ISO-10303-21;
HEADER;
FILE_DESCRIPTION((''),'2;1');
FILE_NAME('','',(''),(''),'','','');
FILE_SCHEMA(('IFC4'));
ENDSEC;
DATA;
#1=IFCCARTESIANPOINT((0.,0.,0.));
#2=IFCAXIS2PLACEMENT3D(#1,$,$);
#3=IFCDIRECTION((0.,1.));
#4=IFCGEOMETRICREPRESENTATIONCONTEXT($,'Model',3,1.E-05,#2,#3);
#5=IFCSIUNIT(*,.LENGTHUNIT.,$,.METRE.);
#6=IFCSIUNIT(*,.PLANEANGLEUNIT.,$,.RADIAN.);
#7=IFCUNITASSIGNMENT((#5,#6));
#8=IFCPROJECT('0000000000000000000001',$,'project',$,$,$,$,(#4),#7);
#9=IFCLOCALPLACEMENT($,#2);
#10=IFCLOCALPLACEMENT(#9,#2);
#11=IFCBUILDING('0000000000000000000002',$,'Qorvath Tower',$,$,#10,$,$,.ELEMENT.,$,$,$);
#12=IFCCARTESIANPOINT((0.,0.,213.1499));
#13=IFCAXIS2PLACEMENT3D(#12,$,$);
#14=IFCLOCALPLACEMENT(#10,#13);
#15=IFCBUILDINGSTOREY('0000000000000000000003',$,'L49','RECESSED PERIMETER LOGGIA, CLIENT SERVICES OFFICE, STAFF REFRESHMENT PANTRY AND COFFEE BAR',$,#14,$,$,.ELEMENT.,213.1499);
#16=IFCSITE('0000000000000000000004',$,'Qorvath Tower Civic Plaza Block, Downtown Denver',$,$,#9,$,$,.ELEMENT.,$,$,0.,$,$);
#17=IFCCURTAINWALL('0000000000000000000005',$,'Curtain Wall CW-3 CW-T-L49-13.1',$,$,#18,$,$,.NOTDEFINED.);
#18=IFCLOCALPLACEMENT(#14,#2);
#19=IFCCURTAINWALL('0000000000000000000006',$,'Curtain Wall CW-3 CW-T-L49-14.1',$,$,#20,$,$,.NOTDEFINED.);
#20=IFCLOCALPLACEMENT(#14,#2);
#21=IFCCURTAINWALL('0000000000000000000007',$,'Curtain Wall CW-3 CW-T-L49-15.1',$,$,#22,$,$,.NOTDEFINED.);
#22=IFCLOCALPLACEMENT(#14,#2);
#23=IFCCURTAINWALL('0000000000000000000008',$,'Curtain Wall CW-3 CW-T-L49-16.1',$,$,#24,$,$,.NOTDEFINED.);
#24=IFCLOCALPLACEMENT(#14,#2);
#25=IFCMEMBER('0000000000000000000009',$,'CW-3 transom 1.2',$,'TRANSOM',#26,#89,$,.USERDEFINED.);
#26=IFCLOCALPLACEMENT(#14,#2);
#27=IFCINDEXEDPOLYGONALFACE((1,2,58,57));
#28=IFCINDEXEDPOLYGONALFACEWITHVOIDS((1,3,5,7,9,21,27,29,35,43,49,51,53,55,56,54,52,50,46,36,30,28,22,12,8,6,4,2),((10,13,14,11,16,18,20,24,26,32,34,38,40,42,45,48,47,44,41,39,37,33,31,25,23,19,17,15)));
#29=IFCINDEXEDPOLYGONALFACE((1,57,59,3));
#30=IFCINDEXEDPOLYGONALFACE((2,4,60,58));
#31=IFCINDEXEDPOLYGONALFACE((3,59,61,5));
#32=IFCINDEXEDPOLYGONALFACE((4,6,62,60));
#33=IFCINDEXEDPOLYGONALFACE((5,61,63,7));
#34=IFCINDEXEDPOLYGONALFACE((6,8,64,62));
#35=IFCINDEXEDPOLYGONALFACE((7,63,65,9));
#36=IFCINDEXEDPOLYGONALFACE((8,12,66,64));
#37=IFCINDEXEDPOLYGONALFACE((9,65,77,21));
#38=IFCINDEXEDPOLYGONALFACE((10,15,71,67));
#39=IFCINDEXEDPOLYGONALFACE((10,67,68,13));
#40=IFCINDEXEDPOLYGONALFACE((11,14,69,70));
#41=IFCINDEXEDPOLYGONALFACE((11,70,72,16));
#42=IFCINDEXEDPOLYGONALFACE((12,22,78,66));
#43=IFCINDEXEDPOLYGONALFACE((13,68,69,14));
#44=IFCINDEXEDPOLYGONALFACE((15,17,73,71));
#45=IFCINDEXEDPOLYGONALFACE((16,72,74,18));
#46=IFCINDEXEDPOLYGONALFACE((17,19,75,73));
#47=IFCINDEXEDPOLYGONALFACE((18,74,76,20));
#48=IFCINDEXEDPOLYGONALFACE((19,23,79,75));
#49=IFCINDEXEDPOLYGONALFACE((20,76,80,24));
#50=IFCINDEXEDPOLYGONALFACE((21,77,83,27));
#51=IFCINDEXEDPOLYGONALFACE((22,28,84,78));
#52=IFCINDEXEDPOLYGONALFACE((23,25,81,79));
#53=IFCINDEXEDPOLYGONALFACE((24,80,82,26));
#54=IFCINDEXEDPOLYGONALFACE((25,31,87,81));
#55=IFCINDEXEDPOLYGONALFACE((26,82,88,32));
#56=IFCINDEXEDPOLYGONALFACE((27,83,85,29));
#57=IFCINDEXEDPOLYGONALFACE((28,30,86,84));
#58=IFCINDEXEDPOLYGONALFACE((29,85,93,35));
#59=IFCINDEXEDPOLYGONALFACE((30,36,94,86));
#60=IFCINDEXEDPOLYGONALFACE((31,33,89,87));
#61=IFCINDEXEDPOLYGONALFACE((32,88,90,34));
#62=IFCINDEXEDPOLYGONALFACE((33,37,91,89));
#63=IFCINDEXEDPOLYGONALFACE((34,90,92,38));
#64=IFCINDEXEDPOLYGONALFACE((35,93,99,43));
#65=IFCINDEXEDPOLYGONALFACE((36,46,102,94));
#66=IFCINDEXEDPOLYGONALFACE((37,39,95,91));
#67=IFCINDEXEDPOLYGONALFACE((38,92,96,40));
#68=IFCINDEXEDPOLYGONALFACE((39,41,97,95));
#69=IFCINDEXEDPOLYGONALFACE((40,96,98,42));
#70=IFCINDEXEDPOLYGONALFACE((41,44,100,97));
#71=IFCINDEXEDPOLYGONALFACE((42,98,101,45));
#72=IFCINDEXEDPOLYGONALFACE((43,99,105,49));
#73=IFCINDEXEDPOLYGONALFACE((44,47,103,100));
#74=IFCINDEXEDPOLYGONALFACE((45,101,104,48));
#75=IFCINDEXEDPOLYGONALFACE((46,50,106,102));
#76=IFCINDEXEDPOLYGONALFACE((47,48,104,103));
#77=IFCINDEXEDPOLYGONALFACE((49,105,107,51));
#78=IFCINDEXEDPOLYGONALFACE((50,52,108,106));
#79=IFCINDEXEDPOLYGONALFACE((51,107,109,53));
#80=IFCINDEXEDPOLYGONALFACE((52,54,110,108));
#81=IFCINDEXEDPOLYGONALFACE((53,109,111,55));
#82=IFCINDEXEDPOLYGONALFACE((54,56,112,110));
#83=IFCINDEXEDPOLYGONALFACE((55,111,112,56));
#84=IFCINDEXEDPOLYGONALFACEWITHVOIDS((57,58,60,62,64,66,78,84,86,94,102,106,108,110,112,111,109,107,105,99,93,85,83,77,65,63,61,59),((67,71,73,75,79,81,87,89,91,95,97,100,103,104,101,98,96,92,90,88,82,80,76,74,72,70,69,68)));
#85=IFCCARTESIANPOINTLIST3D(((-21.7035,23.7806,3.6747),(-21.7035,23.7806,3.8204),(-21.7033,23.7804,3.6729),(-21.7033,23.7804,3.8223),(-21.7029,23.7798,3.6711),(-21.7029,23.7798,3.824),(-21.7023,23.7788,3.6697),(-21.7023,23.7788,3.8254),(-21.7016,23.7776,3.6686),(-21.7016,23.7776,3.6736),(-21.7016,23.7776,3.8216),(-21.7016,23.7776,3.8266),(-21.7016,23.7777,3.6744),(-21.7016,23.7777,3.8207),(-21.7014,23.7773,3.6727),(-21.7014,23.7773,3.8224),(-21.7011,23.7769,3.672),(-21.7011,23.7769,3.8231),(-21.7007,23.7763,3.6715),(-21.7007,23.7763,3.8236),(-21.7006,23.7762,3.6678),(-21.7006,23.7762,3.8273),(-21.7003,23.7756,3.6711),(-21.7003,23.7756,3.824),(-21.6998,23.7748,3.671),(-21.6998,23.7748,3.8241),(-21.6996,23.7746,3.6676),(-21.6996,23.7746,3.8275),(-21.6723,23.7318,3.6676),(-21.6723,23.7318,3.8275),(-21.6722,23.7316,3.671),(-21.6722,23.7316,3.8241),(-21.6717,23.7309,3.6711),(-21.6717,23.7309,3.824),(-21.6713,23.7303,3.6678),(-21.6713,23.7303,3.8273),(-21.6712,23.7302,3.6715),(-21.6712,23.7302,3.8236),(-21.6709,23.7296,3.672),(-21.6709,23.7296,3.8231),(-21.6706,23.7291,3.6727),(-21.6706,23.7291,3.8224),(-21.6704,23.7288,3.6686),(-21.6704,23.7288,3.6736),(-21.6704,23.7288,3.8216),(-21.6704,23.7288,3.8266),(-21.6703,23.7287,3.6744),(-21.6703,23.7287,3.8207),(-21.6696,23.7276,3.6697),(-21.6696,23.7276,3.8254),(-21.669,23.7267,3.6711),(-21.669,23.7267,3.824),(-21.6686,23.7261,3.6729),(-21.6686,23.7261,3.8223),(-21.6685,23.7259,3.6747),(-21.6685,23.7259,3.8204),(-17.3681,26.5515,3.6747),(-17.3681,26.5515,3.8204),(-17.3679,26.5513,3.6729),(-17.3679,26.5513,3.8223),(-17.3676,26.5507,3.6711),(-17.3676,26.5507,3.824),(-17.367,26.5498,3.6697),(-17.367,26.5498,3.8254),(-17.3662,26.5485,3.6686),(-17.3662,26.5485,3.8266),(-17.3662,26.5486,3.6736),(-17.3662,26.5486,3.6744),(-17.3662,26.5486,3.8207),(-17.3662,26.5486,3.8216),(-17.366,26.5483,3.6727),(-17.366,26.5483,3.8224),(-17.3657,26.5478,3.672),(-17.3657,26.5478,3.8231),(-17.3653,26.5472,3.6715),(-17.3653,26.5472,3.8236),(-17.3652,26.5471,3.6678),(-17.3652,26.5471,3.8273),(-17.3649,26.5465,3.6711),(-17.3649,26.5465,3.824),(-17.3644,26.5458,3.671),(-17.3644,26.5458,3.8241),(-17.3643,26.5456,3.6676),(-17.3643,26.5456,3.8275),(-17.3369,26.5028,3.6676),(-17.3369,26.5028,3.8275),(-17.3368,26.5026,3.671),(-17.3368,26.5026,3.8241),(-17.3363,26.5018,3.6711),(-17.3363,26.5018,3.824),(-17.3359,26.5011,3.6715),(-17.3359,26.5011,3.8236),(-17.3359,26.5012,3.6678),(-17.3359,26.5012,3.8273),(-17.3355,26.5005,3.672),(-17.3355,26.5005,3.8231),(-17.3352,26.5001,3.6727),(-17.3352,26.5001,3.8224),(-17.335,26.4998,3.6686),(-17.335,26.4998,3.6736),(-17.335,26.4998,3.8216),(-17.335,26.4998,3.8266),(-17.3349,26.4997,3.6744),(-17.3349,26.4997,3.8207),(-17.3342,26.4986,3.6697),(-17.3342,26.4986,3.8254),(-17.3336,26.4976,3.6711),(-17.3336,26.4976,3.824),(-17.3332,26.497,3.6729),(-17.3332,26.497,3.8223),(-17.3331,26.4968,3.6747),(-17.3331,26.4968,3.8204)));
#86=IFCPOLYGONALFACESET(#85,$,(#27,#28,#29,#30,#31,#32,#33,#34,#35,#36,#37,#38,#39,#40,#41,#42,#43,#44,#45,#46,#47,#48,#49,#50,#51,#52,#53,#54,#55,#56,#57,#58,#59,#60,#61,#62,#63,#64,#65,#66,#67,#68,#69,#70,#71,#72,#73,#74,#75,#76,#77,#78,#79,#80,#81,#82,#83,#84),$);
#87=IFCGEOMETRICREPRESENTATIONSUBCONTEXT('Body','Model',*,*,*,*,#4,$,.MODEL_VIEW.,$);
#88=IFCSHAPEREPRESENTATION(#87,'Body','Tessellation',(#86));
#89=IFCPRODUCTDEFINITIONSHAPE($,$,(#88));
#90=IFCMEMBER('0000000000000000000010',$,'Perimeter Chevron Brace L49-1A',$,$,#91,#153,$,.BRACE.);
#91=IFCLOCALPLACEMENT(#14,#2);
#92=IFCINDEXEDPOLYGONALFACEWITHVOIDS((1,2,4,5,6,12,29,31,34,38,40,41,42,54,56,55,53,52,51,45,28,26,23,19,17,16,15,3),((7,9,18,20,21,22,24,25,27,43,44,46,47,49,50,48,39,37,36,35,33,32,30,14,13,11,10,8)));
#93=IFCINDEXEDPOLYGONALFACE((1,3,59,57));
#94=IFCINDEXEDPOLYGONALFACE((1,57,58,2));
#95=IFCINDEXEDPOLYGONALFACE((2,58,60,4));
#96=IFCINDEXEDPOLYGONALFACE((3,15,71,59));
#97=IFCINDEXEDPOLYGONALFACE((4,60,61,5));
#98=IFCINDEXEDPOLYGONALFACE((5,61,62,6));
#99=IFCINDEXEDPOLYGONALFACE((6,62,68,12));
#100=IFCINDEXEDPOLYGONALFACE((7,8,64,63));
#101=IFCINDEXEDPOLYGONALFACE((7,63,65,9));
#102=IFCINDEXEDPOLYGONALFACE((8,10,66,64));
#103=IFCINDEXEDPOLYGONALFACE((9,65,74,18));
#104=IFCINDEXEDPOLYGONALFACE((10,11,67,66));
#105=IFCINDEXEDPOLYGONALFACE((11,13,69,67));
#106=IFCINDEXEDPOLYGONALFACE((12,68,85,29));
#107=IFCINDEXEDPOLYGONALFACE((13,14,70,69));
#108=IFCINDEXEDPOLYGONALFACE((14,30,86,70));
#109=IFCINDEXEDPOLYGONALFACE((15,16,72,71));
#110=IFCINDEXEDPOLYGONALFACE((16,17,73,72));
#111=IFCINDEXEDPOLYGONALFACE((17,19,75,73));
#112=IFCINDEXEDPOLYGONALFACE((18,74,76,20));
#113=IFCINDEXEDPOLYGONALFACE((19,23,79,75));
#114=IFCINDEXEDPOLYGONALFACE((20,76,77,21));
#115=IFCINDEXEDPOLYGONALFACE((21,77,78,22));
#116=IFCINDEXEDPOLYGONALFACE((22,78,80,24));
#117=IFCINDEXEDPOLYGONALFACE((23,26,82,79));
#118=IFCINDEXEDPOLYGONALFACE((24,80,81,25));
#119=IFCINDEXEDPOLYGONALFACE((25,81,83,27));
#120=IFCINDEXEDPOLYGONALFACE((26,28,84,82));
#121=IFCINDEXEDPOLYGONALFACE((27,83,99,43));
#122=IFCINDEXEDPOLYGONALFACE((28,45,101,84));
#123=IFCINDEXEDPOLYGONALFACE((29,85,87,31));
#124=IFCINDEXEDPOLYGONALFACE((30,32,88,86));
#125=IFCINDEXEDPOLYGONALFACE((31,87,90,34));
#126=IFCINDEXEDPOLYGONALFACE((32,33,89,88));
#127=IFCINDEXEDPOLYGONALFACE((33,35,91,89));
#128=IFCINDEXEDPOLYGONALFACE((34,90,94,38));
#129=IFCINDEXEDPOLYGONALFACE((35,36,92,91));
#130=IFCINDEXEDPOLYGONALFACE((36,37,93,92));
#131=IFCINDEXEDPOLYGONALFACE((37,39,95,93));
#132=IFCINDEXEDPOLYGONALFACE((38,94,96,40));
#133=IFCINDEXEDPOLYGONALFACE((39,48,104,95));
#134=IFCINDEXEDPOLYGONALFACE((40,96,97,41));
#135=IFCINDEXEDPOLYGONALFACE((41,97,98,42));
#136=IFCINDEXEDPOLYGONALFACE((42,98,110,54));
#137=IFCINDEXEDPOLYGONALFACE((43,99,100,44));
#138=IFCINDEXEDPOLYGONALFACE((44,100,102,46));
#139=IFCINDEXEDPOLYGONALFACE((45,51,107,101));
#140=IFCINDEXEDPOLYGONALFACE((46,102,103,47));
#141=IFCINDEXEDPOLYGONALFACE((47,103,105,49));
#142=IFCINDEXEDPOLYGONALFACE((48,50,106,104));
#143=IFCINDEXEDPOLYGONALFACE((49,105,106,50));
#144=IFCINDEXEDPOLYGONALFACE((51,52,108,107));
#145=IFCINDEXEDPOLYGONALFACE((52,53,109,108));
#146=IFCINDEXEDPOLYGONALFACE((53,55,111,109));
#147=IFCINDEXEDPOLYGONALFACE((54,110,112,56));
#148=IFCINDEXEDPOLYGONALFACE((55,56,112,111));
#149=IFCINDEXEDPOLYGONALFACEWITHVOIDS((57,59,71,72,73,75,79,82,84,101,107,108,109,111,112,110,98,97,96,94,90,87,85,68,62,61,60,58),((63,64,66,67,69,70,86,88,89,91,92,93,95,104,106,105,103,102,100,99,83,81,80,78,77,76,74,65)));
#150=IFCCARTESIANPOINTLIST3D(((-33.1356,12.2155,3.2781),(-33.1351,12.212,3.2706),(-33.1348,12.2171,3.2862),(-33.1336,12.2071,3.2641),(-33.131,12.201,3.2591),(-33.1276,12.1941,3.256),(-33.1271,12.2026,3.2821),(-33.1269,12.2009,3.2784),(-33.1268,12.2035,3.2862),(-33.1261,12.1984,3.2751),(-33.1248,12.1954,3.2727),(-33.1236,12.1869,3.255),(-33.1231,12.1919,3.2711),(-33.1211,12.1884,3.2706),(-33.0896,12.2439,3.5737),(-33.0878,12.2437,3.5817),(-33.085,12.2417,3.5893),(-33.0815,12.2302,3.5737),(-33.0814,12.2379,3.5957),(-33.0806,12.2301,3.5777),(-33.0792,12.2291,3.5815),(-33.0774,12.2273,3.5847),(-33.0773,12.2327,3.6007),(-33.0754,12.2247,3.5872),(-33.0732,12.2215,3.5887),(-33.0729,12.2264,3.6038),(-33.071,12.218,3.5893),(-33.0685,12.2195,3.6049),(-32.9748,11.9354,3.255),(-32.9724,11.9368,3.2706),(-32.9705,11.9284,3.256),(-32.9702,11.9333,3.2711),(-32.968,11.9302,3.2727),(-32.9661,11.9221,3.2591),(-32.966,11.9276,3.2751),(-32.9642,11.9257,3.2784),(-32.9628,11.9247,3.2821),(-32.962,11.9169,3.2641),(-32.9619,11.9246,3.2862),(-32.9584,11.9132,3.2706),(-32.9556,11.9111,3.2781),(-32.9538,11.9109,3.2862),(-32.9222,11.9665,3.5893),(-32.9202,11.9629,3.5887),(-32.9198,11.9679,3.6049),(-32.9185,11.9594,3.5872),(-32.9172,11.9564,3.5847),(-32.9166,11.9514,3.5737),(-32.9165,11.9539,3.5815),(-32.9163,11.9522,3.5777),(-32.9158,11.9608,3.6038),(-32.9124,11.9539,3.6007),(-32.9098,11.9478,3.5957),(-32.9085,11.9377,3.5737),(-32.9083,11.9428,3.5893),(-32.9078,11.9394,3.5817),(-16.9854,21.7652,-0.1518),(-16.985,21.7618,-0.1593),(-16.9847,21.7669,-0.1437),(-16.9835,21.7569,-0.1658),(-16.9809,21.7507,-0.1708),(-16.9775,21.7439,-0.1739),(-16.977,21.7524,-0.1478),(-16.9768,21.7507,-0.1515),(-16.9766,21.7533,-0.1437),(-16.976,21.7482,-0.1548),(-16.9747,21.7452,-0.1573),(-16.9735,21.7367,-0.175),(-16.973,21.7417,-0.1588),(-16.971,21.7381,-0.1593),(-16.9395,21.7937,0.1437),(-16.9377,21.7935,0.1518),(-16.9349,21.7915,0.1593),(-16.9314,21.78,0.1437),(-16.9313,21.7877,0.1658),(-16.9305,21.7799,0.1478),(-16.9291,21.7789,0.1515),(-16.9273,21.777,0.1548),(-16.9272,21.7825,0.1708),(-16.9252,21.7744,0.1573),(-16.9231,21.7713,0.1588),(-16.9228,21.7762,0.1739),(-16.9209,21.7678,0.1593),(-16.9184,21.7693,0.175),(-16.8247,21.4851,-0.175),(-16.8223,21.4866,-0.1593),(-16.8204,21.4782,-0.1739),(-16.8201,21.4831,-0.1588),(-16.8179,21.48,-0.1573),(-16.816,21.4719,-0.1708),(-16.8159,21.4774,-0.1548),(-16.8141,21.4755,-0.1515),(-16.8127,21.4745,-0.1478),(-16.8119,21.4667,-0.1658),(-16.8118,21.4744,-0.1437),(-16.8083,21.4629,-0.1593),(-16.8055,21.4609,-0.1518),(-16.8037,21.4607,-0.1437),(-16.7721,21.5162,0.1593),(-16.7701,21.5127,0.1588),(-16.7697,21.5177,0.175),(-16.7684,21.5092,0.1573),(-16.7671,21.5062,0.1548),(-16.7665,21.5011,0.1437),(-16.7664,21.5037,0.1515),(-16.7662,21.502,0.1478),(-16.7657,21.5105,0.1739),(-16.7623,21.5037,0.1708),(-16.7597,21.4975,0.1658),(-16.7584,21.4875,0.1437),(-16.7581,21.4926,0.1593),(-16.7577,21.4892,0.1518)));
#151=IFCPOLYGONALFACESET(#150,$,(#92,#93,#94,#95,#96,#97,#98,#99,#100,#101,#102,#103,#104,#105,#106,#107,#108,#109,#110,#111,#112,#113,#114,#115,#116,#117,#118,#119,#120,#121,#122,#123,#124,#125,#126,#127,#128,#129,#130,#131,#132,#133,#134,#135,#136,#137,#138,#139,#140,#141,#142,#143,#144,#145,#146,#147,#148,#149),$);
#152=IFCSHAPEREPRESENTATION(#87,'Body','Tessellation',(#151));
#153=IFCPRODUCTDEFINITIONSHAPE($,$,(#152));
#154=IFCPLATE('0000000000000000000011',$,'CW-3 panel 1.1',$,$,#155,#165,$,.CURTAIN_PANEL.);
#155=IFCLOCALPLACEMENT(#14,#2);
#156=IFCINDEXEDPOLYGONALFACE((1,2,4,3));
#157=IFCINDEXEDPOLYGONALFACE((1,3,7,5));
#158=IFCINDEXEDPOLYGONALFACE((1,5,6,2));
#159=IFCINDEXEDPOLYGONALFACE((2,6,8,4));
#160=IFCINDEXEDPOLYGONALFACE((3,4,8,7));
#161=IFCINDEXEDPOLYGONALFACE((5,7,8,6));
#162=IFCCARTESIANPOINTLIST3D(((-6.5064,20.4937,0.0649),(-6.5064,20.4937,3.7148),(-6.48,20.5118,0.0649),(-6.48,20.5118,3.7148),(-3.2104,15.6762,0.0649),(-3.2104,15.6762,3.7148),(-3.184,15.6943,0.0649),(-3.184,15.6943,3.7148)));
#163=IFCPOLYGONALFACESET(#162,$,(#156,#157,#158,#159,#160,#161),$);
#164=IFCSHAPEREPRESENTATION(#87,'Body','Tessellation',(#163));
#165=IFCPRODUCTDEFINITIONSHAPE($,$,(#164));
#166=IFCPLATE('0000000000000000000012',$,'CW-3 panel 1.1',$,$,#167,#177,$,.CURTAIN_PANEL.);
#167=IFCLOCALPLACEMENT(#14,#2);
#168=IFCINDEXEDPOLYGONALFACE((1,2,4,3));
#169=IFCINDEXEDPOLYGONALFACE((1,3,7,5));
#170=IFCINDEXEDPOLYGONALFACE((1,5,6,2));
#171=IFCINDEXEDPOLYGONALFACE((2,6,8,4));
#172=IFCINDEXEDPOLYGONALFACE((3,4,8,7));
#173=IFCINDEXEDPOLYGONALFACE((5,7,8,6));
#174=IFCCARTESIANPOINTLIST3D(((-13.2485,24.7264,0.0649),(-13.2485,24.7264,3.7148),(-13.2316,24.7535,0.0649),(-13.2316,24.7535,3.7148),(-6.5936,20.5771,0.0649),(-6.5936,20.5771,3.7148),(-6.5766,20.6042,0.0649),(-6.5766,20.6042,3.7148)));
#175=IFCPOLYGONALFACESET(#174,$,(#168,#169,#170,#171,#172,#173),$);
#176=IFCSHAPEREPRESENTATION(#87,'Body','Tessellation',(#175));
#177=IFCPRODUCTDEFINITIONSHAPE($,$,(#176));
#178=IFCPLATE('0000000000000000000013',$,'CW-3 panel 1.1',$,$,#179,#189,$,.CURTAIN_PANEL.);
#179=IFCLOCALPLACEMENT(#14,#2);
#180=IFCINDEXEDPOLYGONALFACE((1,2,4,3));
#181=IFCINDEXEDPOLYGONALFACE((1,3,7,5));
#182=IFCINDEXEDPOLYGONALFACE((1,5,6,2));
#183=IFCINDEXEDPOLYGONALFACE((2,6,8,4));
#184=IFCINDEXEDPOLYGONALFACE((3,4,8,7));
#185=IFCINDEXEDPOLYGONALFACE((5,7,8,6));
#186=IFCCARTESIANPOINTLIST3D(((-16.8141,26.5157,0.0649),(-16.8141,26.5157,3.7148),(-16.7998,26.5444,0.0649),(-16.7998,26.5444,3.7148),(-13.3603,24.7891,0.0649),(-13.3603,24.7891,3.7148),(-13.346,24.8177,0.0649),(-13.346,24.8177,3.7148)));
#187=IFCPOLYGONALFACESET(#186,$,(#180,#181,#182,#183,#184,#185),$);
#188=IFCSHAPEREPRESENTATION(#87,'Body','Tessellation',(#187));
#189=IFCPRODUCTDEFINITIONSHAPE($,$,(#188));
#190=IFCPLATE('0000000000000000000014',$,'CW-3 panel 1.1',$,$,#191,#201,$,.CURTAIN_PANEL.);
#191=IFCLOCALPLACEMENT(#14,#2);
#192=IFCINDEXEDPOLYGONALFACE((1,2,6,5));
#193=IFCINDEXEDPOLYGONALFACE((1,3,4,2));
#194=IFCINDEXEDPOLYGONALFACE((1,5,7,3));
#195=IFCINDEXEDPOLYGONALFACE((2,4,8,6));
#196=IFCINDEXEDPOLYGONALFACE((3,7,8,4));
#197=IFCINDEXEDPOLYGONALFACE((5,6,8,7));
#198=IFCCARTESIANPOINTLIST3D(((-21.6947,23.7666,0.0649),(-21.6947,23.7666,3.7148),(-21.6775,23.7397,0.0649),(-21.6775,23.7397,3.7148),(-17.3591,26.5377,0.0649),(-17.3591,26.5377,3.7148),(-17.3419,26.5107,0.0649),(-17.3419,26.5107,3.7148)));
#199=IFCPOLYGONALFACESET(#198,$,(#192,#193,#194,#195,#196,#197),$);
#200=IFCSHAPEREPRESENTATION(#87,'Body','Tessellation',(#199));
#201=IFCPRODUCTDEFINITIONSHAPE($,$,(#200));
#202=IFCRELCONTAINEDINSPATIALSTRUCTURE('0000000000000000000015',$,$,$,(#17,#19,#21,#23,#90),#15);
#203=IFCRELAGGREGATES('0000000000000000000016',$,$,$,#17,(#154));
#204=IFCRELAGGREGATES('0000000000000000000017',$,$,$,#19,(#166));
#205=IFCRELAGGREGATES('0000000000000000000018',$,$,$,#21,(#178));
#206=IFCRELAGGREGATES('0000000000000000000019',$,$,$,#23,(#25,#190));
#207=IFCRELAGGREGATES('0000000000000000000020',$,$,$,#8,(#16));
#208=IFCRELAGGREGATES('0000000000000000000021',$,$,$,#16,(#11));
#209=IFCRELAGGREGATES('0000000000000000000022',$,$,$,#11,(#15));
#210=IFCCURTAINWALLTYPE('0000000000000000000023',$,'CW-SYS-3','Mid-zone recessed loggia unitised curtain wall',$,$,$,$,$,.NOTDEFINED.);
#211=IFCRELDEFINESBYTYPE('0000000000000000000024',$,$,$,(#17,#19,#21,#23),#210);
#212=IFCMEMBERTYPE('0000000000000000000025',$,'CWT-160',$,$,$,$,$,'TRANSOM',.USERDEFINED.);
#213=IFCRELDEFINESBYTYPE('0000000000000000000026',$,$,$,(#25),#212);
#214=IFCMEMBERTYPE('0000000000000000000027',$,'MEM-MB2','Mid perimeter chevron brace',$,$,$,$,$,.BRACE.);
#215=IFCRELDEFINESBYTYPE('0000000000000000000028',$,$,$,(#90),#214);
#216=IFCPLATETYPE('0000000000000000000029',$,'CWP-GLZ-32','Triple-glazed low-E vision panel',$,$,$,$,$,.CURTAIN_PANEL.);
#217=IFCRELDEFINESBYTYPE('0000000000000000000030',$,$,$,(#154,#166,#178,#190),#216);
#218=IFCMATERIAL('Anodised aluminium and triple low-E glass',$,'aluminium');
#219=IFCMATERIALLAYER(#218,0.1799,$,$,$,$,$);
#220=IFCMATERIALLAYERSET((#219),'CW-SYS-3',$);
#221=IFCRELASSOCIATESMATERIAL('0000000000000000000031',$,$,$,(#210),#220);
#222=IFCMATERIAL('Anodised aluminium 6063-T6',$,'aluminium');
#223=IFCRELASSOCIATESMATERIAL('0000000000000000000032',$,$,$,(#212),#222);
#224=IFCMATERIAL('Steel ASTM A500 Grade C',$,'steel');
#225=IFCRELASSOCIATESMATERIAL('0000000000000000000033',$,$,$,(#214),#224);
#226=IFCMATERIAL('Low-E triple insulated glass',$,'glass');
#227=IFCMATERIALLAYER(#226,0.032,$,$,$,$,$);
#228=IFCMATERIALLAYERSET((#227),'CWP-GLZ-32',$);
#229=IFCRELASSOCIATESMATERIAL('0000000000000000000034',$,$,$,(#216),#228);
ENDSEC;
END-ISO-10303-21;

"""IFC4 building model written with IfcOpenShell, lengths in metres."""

from ifc_helpers import new_model, si_unit, direction, frame, origin, origin_2d, place, context, subcontext, project, spatial, rectangle, hollow_rectangle, extrude, material, layer, layer_set, material_profile, profile_set, type_object, element, aggregate, save


model = new_model("IFC4")

# Units and contexts
model_context = context("Model", 3, precision=1e-05, world=origin(), true_north=direction((0.0, 1.0)))
body_context = subcontext(model_context, "Body", "Model", "MODEL_VIEW")
ifc_project = project(units=[si_unit("LENGTHUNIT", "METRE"), si_unit("PLANEANGLEUNIT", "RADIAN")], contexts=[model_context])

# Site, building, storey
site_placement = place(None, origin())
site = spatial("IfcSite", under=ifc_project, at=site_placement, Name="Qorvath Tower Civic Plaza Block, Downtown Denver", CompositionType="ELEMENT", RefElevation=0.0)
building_placement = place(site_placement, origin())
building = spatial("IfcBuilding", under=site, at=building_placement, Name="Qorvath Tower", CompositionType="ELEMENT")
storey_placement = place(building_placement, frame((0.0, 0.0, 213.1499)))
storey = spatial("IfcBuildingStorey", under=building, at=storey_placement, Name="L49", Description="RECESSED PERIMETER LOGGIA, CLIENT SERVICES OFFICE, STAFF REFRESHMENT PANTRY AND COFFEE BAR", CompositionType="ELEMENT", Elevation=213.1499)

# Shared definitions
ifc_material_1 = material(Name="Anodised aluminium and triple low-E glass", Category="aluminium")
ifc_layer_1 = layer(ifc_material_1, 0.1799)
ifc_layer_set_1 = layer_set([ifc_layer_1], Name="CW-SYS-3")
curtain_wall_type = type_object("IfcCurtainWallType", Name="CW-SYS-3", Description="Mid-zone recessed loggia unitised curtain wall", PredefinedType="NOTDEFINED", material=ifc_layer_set_1)

# Curtain walls
curtain_wall_1_placement = place(storey_placement, origin())
curtain_wall_1 = element("IfcCurtainWall", 1, at=curtain_wall_1_placement, inside=storey, type_object=curtain_wall_type, Name="Curtain Wall CW-3 CW-T-L49-13.1", PredefinedType="NOTDEFINED")
curtain_wall_2_placement = place(storey_placement, origin())
curtain_wall_2 = element("IfcCurtainWall", 2, at=curtain_wall_2_placement, inside=storey, type_object=curtain_wall_type, Name="Curtain Wall CW-3 CW-T-L49-14.1", PredefinedType="NOTDEFINED")
curtain_wall_3_placement = place(storey_placement, origin())
curtain_wall_3 = element("IfcCurtainWall", 3, at=curtain_wall_3_placement, inside=storey, type_object=curtain_wall_type, Name="Curtain Wall CW-3 CW-T-L49-15.1", PredefinedType="NOTDEFINED")

# Curtain wall
curtain_wall_4_placement = place(storey_placement, origin())
curtain_wall_4 = element("IfcCurtainWall", 4, at=curtain_wall_4_placement, inside=storey, type_object=curtain_wall_type, Name="Curtain Wall CW-3 CW-T-L49-16.1", PredefinedType="NOTDEFINED")

# Members
ifc_material_2 = material(Name="Anodised aluminium 6063-T6", Category="aluminium")
ifc_material_profile_1 = material_profile(ifc_material_2, hollow_rectangle(XDim=0.0649, YDim=0.1599, WallThickness=0.0034, InnerFilletRadius=0.0034, OuterFilletRadius=0.0071, at=origin_2d()), Name="CWT 160x65")
ifc_profile_set_1 = profile_set([ifc_material_profile_1], Name="Anodised aluminium 6063-T6")
member_type_1 = type_object("IfcMemberType", Name="CWT-160", ElementType="TRANSOM", PredefinedType="USERDEFINED", material=ifc_profile_set_1)
member_1_placement = place(storey_placement, frame((-17.3506, 26.5242, 3.7476), z_axis=(-0.842597, -0.538545, 0.0), x_axis=(0.538545, -0.842597, 0.0)))
member_1 = element("IfcMember", 5, at=member_1_placement, type_object=member_type_1, Name="CW-3 transom 1.2", ObjectType="TRANSOM", PredefinedType="USERDEFINED", context=body_context, shape_type="SweptSolid", body=[
    extrude(hollow_rectangle(XDim=0.0649, YDim=0.1599, WallThickness=0.0034, InnerFilletRadius=0.0034, OuterFilletRadius=0.0071, at=origin_2d()), origin(), (0.0, 0.0, 1.0), 5.1453),
])
ifc_material_3 = material(Name="Steel ASTM A500 Grade C", Category="steel")
ifc_material_profile_2 = material_profile(ifc_material_3, hollow_rectangle(XDim=0.3557, YDim=0.3557, WallThickness=0.0159, InnerFilletRadius=0.0159, OuterFilletRadius=0.0317, at=origin_2d()), Name="HSS 356x356x16")
ifc_profile_set_2 = profile_set([ifc_material_profile_2], Name="Steel ASTM A500 Grade C")
member_type_2 = type_object("IfcMemberType", Name="MEM-MB2", Description="Mid perimeter chevron brace", PredefinedType="BRACE", material=ifc_profile_set_2)
member_2_placement = place(storey_placement, frame((-16.8716, 21.6272, 0.0), z_axis=(-0.846741, -0.50069, 0.179829), x_axis=(0.508988, -0.860774, 0.0)))
element("IfcMember", 6, at=member_2_placement, inside=storey, type_object=member_type_2, Name="Perimeter Chevron Brace L49-1A", PredefinedType="BRACE", context=body_context, shape_type="SweptSolid", body=[
    extrude(hollow_rectangle(XDim=0.3557, YDim=0.3557, WallThickness=0.0159, InnerFilletRadius=0.0159, OuterFilletRadius=0.0317, at=origin_2d()), origin(), (0.0, 0.0, 1.0), 19.0732),
])

# Plates
ifc_material_4 = material(Name="Low-E triple insulated glass", Category="glass")
ifc_layer_2 = layer(ifc_material_4, 0.032)
ifc_layer_set_2 = layer_set([ifc_layer_2], Name="CWP-GLZ-32")
plate_type_1 = type_object("IfcPlateType", Name="CWP-GLZ-32", Description="Triple-glazed low-E vision panel", PredefinedType="CURTAIN_PANEL", material=ifc_layer_set_2)
plate_1_placement = place(storey_placement, frame((-4.8452, 18.094, 0.0649), z_axis=(0.0, 0.0, 1.0), x_axis=(-0.564661, 0.825323, 0.0)))
plate_1 = element("IfcPlate", 7, at=plate_1_placement, type_object=plate_type_1, Name="CW-3 panel 1.1", PredefinedType="CURTAIN_PANEL", context=body_context, shape_type="SweptSolid", body=[
    extrude(rectangle(XDim=5.8372, YDim=0.032, at=origin_2d()), origin(), (0.0, 0.0, 1.0), 3.6499),
])
aggregate(curtain_wall_1, [plate_1])
plate_2_placement = place(storey_placement, frame((-9.9126, 22.6653, 0.0649), z_axis=(0.0, 0.0, 1.0), x_axis=(-0.848576, 0.529074, 0.0)))
plate_2 = element("IfcPlate", 8, at=plate_2_placement, type_object=plate_type_1, Name="CW-3 panel 1.1", PredefinedType="CURTAIN_PANEL", context=body_context, shape_type="SweptSolid", body=[
    extrude(rectangle(XDim=7.8425, YDim=0.032, at=origin_2d()), origin(), (0.0, 0.0, 1.0), 3.6499),
])
aggregate(curtain_wall_2, [plate_2])
plate_3_placement = place(storey_placement, frame((-15.0801, 25.6667, 0.0649), z_axis=(0.0, 0.0, 1.0), x_axis=(-0.894457, 0.447153, 0.0)))
plate_3 = element("IfcPlate", 9, at=plate_3_placement, type_object=plate_type_1, Name="CW-3 panel 1.1", PredefinedType="CURTAIN_PANEL", context=body_context, shape_type="SweptSolid", body=[
    extrude(rectangle(XDim=3.8613, YDim=0.032, at=origin_2d()), origin(), (0.0, 0.0, 1.0), 3.6499),
])
aggregate(curtain_wall_3, [plate_3])
plate_4_placement = place(storey_placement, frame((-19.5183, 25.1387, 0.0649), z_axis=(0.0, 0.0, 1.0), x_axis=(-0.842605, -0.538532, 0.0)))
plate_4 = element("IfcPlate", 10, at=plate_4_placement, type_object=plate_type_1, Name="CW-3 panel 1.1", PredefinedType="CURTAIN_PANEL", context=body_context, shape_type="SweptSolid", body=[
    extrude(rectangle(XDim=5.1455, YDim=0.032, at=origin_2d()), origin(), (0.0, 0.0, 1.0), 3.6499),
])
aggregate(curtain_wall_4, [member_1, plate_4])

save(model, "model.ifc")
